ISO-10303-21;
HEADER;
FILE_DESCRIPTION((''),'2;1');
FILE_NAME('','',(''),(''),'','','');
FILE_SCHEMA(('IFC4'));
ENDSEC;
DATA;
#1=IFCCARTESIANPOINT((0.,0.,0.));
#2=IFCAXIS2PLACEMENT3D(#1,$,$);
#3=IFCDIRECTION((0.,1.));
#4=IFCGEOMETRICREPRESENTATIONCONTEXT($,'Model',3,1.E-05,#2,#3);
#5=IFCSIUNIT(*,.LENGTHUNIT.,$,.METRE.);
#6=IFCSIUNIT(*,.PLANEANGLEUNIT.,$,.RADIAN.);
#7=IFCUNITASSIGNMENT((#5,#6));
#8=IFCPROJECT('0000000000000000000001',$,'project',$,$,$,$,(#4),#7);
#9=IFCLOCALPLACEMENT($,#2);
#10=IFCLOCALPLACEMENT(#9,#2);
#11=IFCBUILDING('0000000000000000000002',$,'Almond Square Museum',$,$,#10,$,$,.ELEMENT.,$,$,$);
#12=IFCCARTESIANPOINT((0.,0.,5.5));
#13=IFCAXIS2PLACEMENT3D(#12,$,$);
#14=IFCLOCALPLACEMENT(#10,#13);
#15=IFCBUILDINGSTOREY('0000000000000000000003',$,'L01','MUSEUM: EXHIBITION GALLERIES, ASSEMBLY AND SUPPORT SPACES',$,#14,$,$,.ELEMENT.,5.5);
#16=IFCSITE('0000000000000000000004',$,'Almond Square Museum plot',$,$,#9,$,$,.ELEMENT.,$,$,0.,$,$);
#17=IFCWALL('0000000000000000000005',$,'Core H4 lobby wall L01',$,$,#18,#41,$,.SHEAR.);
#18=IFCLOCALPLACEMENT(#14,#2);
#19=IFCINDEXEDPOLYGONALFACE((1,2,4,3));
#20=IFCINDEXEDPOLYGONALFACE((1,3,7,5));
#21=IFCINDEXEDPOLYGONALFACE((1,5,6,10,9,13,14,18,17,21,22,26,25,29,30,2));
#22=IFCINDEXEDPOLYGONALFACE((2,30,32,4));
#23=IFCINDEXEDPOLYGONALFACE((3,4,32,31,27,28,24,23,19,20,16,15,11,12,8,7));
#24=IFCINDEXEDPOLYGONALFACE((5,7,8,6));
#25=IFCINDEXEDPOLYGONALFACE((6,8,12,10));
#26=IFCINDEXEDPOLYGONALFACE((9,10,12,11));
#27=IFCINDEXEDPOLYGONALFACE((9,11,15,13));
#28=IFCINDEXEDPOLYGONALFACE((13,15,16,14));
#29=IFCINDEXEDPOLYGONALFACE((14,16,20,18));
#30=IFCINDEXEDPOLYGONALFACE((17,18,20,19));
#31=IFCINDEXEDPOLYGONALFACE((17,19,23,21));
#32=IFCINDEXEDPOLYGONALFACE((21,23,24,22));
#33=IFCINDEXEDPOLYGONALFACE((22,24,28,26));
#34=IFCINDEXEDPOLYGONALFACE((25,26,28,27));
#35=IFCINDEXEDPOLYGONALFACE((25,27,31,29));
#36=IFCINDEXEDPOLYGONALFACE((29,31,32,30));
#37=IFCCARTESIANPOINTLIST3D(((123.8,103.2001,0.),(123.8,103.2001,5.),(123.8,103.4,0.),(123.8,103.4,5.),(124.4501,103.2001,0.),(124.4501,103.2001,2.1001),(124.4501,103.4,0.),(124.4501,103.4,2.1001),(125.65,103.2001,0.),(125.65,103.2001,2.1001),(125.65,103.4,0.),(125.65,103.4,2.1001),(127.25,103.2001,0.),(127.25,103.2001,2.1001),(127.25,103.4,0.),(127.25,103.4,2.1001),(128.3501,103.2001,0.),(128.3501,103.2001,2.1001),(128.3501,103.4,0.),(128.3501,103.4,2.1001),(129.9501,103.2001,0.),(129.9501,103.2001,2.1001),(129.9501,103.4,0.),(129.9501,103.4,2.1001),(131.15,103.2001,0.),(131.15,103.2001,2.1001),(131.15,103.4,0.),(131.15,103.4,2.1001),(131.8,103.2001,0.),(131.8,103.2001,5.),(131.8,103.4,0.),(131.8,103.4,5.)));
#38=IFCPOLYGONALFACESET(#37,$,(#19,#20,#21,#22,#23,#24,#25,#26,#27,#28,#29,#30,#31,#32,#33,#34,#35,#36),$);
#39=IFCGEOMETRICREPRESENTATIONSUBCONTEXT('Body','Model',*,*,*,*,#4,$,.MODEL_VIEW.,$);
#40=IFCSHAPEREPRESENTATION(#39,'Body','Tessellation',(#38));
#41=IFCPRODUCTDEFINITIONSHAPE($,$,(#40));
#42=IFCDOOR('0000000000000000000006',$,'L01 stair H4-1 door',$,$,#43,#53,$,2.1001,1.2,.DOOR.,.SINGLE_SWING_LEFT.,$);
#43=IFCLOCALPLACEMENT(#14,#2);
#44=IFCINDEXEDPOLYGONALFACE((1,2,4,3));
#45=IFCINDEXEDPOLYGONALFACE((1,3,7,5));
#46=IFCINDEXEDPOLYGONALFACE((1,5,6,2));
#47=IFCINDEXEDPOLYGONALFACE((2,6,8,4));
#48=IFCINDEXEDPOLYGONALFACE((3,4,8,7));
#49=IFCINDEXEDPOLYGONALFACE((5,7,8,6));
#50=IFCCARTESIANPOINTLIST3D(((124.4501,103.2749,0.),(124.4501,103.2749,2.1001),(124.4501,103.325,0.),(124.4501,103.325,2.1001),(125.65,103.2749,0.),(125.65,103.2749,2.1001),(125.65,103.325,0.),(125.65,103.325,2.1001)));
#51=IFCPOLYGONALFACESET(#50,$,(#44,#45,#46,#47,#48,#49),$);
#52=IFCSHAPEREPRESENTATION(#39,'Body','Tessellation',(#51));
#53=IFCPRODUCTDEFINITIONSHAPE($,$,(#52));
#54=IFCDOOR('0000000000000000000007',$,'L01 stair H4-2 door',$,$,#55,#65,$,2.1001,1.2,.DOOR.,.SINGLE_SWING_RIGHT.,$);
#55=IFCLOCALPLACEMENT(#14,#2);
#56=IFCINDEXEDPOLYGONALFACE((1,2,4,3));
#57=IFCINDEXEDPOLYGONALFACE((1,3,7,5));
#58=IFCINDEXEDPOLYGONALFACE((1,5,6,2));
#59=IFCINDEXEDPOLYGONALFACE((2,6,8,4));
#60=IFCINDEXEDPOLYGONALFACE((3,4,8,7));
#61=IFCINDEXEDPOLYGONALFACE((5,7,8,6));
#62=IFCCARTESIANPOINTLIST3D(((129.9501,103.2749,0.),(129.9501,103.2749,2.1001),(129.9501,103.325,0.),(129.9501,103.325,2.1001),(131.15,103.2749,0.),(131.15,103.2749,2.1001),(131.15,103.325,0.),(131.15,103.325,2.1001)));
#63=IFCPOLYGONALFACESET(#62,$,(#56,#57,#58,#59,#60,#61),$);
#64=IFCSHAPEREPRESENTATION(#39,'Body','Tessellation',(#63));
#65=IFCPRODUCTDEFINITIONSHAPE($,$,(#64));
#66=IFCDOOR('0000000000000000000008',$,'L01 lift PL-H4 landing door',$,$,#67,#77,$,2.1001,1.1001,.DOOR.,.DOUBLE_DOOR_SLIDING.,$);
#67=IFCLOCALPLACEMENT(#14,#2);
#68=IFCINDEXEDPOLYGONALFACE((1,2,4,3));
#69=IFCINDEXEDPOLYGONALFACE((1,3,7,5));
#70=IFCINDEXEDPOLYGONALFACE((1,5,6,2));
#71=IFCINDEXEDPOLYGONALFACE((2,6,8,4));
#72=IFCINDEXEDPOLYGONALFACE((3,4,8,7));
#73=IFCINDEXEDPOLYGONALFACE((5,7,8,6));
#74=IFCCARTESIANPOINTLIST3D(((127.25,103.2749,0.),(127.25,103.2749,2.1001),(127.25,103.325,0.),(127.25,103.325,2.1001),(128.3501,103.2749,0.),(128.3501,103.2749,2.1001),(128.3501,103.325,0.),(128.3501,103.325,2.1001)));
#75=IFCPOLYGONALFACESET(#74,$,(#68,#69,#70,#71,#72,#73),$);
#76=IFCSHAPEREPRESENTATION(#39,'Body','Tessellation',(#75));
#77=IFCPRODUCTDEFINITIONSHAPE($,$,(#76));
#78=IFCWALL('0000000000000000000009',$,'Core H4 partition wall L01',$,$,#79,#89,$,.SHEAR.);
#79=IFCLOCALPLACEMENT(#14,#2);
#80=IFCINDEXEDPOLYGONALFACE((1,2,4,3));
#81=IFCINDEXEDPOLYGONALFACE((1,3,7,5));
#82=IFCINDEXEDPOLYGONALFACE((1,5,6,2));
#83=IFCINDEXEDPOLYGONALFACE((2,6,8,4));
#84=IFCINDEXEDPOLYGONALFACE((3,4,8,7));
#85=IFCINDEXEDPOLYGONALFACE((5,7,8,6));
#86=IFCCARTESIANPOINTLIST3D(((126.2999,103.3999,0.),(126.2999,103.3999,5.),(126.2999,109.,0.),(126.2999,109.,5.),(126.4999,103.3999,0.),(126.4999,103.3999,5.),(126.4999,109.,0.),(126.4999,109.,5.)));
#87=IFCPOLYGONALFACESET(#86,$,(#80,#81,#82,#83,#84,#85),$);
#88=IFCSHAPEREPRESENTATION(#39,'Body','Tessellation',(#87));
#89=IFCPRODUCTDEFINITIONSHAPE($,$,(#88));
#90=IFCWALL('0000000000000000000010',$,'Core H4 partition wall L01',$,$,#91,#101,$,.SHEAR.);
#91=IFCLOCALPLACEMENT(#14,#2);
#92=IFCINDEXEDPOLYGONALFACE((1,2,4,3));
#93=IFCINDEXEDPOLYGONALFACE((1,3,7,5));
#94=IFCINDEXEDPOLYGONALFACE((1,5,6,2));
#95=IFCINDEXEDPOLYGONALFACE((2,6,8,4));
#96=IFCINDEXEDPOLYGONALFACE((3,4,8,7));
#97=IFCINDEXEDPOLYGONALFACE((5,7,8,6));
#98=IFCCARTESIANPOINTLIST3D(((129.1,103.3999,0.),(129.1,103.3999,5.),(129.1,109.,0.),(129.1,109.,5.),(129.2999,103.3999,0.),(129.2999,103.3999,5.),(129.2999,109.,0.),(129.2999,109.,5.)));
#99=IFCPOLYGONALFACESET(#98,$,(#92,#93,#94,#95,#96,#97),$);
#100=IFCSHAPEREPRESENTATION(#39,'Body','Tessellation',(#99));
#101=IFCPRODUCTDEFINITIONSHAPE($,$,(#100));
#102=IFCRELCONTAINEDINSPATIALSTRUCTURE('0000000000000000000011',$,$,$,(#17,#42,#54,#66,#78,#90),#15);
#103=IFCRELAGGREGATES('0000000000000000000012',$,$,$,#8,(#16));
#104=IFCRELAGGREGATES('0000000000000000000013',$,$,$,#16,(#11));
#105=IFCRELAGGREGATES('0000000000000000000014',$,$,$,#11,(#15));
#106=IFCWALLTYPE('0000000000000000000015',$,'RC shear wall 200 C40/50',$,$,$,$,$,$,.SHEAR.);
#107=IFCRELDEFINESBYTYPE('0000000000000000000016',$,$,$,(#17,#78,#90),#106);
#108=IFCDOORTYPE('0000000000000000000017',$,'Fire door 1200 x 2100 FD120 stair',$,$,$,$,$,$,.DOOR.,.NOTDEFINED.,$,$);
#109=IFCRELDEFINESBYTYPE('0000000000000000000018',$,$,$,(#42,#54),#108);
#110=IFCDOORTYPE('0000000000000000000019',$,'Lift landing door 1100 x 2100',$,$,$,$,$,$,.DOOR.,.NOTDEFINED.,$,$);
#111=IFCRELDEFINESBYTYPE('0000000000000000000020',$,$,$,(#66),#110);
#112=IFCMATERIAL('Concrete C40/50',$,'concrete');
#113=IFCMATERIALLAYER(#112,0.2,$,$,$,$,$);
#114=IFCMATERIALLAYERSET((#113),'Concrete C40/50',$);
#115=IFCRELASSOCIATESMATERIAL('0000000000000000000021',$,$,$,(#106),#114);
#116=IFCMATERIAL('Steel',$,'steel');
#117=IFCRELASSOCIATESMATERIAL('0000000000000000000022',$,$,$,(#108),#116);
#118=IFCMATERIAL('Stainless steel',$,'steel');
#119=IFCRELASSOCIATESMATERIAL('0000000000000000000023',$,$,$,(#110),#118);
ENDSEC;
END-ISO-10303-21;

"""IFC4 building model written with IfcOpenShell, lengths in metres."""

from ifc_helpers import new_model, si_unit, direction, frame, frame_2d, origin, place, context, subcontext, project, spatial, rectangle, extrude, material, layer, layer_set, type_object, element, fill, save


model = new_model("IFC4")

# Units and contexts
model_context = context("Model", 3, precision=1e-05, world=origin(), true_north=direction((0.0, 1.0)))
body_context = subcontext(model_context, "Body", "Model", "MODEL_VIEW")
ifc_project = project(units=[si_unit("LENGTHUNIT", "METRE"), si_unit("PLANEANGLEUNIT", "RADIAN")], contexts=[model_context])

# Site, building, storey
site_placement = place(None, origin())
site = spatial("IfcSite", under=ifc_project, at=site_placement, Name="Almond Square Museum plot", CompositionType="ELEMENT", RefElevation=0.0)
building_placement = place(site_placement, origin())
building = spatial("IfcBuilding", under=site, at=building_placement, Name="Almond Square Museum", CompositionType="ELEMENT")
storey_placement = place(building_placement, frame((0.0, 0.0, 5.5)))
storey = spatial("IfcBuildingStorey", under=building, at=storey_placement, Name="L01", Description="MUSEUM: EXHIBITION GALLERIES, ASSEMBLY AND SUPPORT SPACES", CompositionType="ELEMENT", Elevation=5.5)

# Shared definitions
ifc_material_1 = material(Name="Concrete C40/50", Category="concrete")
ifc_layer = layer(ifc_material_1, 0.2)
ifc_layer_set = layer_set([ifc_layer], Name="Concrete C40/50")
wall_type = type_object("IfcWallType", Name="RC shear wall 200 C40/50", PredefinedType="SHEAR", material=ifc_layer_set)

# Wall, openings, doors
wall_1_placement = place(storey_placement, frame((123.8, 103.3, 0.0), z_axis=(0.0, 0.0, 1.0), x_axis=(1.0, 0.0, 0.0)))
wall_1 = element("IfcWall", 1, at=wall_1_placement, inside=storey, type_object=wall_type, Name="Core H4 lobby wall L01", PredefinedType="SHEAR", context=body_context, shape_type="SweptSolid", body=[
    extrude(rectangle(XDim=8.0, YDim=0.2, at=frame_2d((4.0, 0.0))), origin(), (0.0, 0.0, 1.0), 5.0),
])
opening_1_placement = place(wall_1_placement, frame((0.6499, 0.0, 0.0)))
opening_1 = element("IfcOpeningElement", 2, at=opening_1_placement, cuts=wall_1, PredefinedType="OPENING", context=body_context, shape_type="SweptSolid", body=[
    extrude(rectangle(XDim=1.2, YDim=2.1001, at=frame_2d((0.6001, 1.05))), frame((0.0, 0.1099, 0.0), z_axis=(0.0, -1.0, 0.0), x_axis=(1.0, 0.0, 0.0)), (0.0, 0.0, 1.0), 0.22),
])
opening_2_placement = place(wall_1_placement, frame((6.1499, 0.0, 0.0)))
opening_2 = element("IfcOpeningElement", 3, at=opening_2_placement, cuts=wall_1, PredefinedType="OPENING", context=body_context, shape_type="SweptSolid", body=[
    extrude(rectangle(XDim=1.2, YDim=2.1001, at=frame_2d((0.6001, 1.05))), frame((0.0, 0.1099, 0.0), z_axis=(0.0, -1.0, 0.0), x_axis=(1.0, 0.0, 0.0)), (0.0, 0.0, 1.0), 0.22),
])
opening_3_placement = place(wall_1_placement, frame((3.45, 0.0, 0.0)))
opening_3 = element("IfcOpeningElement", 4, at=opening_3_placement, cuts=wall_1, PredefinedType="OPENING", context=body_context, shape_type="SweptSolid", body=[
    extrude(rectangle(XDim=1.1001, YDim=2.1001, at=frame_2d((0.55, 1.05))), frame((0.0, 0.1099, 0.0), z_axis=(0.0, -1.0, 0.0), x_axis=(1.0, 0.0, 0.0)), (0.0, 0.0, 1.0), 0.22),
])
ifc_material_2 = material(Name="Steel", Category="steel")
door_type_1 = type_object("IfcDoorType", Name="Fire door 1200 x 2100 FD120 stair", OperationType="NOTDEFINED", PredefinedType="DOOR", material=ifc_material_2)
door_1_placement = place(opening_1_placement, origin())
door_1 = element("IfcDoor", 5, at=door_1_placement, inside=storey, type_object=door_type_1, Name="L01 stair H4-1 door", OperationType="SINGLE_SWING_LEFT", OverallHeight=2.1001, OverallWidth=1.2, PredefinedType="DOOR", context=body_context, shape_type="SweptSolid", body=[
    extrude(rectangle(XDim=1.2, YDim=2.1001, at=frame_2d((0.6001, 1.05))), frame((0.0, 0.0249, 0.0), z_axis=(0.0, -1.0, 0.0), x_axis=(1.0, 0.0, 0.0)), (0.0, 0.0, 1.0), 0.05),
])
fill(opening_1, door_1)
door_2_placement = place(opening_2_placement, origin())
door_2 = element("IfcDoor", 6, at=door_2_placement, inside=storey, type_object=door_type_1, Name="L01 stair H4-2 door", OperationType="SINGLE_SWING_RIGHT", OverallHeight=2.1001, OverallWidth=1.2, PredefinedType="DOOR", context=body_context, shape_type="SweptSolid", body=[
    extrude(rectangle(XDim=1.2, YDim=2.1001, at=frame_2d((0.6001, 1.05))), frame((0.0, 0.0249, 0.0), z_axis=(0.0, -1.0, 0.0), x_axis=(1.0, 0.0, 0.0)), (0.0, 0.0, 1.0), 0.05),
])
fill(opening_2, door_2)
ifc_material_3 = material(Name="Stainless steel", Category="steel")
door_type_2 = type_object("IfcDoorType", Name="Lift landing door 1100 x 2100", OperationType="NOTDEFINED", PredefinedType="DOOR", material=ifc_material_3)
door_3_placement = place(opening_3_placement, origin())
door_3 = element("IfcDoor", 7, at=door_3_placement, inside=storey, type_object=door_type_2, Name="L01 lift PL-H4 landing door", OperationType="DOUBLE_DOOR_SLIDING", OverallHeight=2.1001, OverallWidth=1.1001, PredefinedType="DOOR", context=body_context, shape_type="SweptSolid", body=[
    extrude(rectangle(XDim=1.1001, YDim=2.1001, at=frame_2d((0.55, 1.05))), frame((0.0, 0.0249, 0.0), z_axis=(0.0, -1.0, 0.0), x_axis=(1.0, 0.0, 0.0)), (0.0, 0.0, 1.0), 0.05),
])
fill(opening_3, door_3)

# Walls
for number, where, z_axis, x_axis, name in (
    (8, (126.3999, 103.3999, 0.0), (0.0, 0.0, 1.0), (0.0, 1.0, 0.0), "Core H4 partition wall L01"),
    (9, (129.2, 103.3999, 0.0), (0.0, 0.0, 1.0), (0.0, 1.0, 0.0), "Core H4 partition wall L01"),
):
    element("IfcWall", number, at=place(storey_placement, frame(where, z_axis=z_axis, x_axis=x_axis)), inside=storey, type_object=wall_type, Name=name, PredefinedType="SHEAR", context=body_context, shape_type="SweptSolid", body=[
        extrude(rectangle(XDim=5.6001, YDim=0.2, at=frame_2d((2.8, 0.0))), origin(), (0.0, 0.0, 1.0), 5.0),
    ])

save(model, "model.ifc")
